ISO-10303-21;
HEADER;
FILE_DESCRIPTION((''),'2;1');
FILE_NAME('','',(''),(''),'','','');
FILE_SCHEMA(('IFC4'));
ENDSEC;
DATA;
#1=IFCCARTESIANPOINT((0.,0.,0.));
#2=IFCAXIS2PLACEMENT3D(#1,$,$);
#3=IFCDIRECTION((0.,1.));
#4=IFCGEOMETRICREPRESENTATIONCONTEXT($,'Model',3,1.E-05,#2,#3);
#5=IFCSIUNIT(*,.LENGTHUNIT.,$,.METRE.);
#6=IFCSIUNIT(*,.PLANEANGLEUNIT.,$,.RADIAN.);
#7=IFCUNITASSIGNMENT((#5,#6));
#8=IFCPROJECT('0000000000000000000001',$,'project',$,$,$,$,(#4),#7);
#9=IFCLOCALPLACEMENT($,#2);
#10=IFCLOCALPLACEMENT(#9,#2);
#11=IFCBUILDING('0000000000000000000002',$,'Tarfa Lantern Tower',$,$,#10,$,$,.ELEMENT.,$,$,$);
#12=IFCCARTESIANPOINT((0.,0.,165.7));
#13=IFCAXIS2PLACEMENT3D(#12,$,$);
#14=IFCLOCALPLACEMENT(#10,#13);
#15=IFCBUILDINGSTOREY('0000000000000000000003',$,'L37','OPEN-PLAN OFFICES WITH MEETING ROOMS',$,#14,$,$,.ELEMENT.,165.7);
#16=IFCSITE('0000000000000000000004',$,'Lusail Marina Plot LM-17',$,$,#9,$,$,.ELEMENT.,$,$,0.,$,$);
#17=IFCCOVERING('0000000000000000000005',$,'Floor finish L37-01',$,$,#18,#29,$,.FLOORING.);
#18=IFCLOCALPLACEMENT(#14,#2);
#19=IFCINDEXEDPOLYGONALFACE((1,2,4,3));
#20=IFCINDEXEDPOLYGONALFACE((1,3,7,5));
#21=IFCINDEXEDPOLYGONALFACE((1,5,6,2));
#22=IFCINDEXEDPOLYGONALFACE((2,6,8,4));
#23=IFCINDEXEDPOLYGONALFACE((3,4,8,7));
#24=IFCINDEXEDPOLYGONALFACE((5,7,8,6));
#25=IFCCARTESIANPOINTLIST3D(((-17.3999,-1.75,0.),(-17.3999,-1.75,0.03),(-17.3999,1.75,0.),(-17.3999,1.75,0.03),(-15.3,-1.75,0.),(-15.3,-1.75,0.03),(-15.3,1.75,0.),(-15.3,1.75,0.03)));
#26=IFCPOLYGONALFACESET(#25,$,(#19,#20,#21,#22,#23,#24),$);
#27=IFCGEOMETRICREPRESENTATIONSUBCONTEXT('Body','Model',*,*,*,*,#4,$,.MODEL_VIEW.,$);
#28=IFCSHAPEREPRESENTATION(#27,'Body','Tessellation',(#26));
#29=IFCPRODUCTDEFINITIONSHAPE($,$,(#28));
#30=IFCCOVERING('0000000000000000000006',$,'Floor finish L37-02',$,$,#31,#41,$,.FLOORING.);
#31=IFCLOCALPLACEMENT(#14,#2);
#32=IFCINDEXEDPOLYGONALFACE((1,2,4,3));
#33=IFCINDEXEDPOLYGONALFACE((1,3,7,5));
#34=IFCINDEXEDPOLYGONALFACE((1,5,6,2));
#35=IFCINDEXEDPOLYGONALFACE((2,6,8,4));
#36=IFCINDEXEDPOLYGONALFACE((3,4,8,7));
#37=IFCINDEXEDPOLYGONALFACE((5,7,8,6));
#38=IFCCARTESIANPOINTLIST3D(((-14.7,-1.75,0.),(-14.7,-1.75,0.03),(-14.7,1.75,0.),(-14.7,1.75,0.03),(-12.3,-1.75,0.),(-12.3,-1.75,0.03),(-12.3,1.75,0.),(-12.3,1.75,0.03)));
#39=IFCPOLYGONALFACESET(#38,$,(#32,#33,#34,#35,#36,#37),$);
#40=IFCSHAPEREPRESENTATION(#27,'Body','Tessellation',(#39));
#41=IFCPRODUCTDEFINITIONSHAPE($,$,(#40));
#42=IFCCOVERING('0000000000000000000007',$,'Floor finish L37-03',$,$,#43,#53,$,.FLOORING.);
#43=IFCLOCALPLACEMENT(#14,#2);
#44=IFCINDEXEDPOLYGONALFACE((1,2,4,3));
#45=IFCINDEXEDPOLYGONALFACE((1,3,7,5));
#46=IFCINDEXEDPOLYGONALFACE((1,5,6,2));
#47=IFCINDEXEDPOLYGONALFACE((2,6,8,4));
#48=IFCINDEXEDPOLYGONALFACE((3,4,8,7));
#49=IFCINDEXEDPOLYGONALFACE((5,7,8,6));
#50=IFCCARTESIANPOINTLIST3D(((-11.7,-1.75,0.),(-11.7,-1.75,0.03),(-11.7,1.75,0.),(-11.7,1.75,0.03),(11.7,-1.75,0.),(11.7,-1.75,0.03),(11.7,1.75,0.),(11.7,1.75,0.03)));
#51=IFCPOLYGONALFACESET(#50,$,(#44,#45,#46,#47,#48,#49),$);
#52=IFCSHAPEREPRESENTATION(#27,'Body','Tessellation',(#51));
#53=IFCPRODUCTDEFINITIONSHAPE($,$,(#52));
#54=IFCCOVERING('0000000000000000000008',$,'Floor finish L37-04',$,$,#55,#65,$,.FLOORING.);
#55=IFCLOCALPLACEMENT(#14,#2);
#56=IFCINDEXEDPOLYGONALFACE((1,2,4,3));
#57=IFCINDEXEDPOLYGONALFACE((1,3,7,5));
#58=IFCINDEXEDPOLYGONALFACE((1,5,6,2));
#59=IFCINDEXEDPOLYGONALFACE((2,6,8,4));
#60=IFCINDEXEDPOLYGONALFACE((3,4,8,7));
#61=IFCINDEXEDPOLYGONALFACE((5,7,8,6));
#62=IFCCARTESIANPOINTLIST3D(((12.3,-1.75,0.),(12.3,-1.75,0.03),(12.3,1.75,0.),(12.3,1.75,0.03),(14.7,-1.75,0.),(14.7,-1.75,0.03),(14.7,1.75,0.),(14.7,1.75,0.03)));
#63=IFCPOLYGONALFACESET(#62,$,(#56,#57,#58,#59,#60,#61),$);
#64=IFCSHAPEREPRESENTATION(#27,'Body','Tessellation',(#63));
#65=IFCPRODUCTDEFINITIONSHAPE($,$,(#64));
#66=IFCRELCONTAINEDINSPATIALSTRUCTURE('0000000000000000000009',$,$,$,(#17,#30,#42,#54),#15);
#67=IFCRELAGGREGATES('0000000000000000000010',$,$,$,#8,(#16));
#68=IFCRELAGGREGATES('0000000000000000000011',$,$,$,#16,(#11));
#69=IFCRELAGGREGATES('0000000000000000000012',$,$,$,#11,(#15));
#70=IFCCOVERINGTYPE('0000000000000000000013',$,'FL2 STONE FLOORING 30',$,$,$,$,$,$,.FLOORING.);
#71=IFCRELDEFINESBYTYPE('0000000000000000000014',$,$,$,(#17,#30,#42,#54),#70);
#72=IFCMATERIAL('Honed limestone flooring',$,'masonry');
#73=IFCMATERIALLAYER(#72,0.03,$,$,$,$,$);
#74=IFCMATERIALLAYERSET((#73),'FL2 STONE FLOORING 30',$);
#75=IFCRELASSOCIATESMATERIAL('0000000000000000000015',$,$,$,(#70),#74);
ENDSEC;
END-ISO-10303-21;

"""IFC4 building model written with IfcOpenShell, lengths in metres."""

from ifc_helpers import new_model, si_unit, direction, frame, origin, place, context, subcontext, project, spatial, polyline, outline, extrude, material, layer, layer_set, type_object, element, save


model = new_model("IFC4")

# Units and contexts
model_context = context("Model", 3, precision=1e-05, world=origin(), true_north=direction((0.0, 1.0)))
body_context = subcontext(model_context, "Body", "Model", "MODEL_VIEW")
ifc_project = project(units=[si_unit("LENGTHUNIT", "METRE"), si_unit("PLANEANGLEUNIT", "RADIAN")], contexts=[model_context])

# Site, building, storey
site_placement = place(None, origin())
site = spatial("IfcSite", under=ifc_project, at=site_placement, Name="Lusail Marina Plot LM-17", CompositionType="ELEMENT", RefElevation=0.0)
building_placement = place(site_placement, origin())
building = spatial("IfcBuilding", under=site, at=building_placement, Name="Tarfa Lantern Tower", CompositionType="ELEMENT")
storey_placement = place(building_placement, frame((0.0, 0.0, 165.7)))
storey = spatial("IfcBuildingStorey", under=building, at=storey_placement, Name="L37", Description="OPEN-PLAN OFFICES WITH MEETING ROOMS", CompositionType="ELEMENT", Elevation=165.7)

# Coverings
ifc_material_1 = material(Name="Honed limestone flooring", Category="masonry")
ifc_layer_1 = layer(ifc_material_1, 0.03)
ifc_layer_set_1 = layer_set([ifc_layer_1], Name="FL2 STONE FLOORING 30")
covering_type_1 = type_object("IfcCoveringType", Name="FL2 STONE FLOORING 30", PredefinedType="FLOORING", material=ifc_layer_set_1)
covering_1_placement = place(storey_placement, origin())
element("IfcCovering", 1, at=covering_1_placement, inside=storey, type_object=covering_type_1, Name="Floor finish L37-01", PredefinedType="FLOORING", context=body_context, shape_type="SweptSolid", body=[
    extrude(outline(polyline([(-17.3999, -1.75), (-15.3, -1.75), (-15.3, 1.75), (-17.3999, 1.75), (-17.3999, -1.75)])), origin(), (0.0, 0.0, 1.0), 0.03),
])
covering_2_placement = place(storey_placement, origin())
element("IfcCovering", 2, at=covering_2_placement, inside=storey, type_object=covering_type_1, Name="Floor finish L37-02", PredefinedType="FLOORING", context=body_context, shape_type="SweptSolid", body=[
    extrude(outline(polyline([(-14.7, -1.75), (-12.3, -1.75), (-12.3, 1.75), (-14.7, 1.75), (-14.7, -1.75)])), origin(), (0.0, 0.0, 1.0), 0.03),
])
covering_3_placement = place(storey_placement, origin())
element("IfcCovering", 3, at=covering_3_placement, inside=storey, type_object=covering_type_1, Name="Floor finish L37-03", PredefinedType="FLOORING", context=body_context, shape_type="SweptSolid", body=[
    extrude(outline(polyline([(-11.7, -1.75), (11.7, -1.75), (11.7, 1.75), (-11.7, 1.75), (-11.7, -1.75)])), origin(), (0.0, 0.0, 1.0), 0.03),
])
covering_4_placement = place(storey_placement, origin())
element("IfcCovering", 4, at=covering_4_placement, inside=storey, type_object=covering_type_1, Name="Floor finish L37-04", PredefinedType="FLOORING", context=body_context, shape_type="SweptSolid", body=[
    extrude(outline(polyline([(12.3, -1.75), (14.7, -1.75), (14.7, 1.75), (12.3, 1.75), (12.3, -1.75)])), origin(), (0.0, 0.0, 1.0), 0.03),
])

save(model, "model.ifc")
